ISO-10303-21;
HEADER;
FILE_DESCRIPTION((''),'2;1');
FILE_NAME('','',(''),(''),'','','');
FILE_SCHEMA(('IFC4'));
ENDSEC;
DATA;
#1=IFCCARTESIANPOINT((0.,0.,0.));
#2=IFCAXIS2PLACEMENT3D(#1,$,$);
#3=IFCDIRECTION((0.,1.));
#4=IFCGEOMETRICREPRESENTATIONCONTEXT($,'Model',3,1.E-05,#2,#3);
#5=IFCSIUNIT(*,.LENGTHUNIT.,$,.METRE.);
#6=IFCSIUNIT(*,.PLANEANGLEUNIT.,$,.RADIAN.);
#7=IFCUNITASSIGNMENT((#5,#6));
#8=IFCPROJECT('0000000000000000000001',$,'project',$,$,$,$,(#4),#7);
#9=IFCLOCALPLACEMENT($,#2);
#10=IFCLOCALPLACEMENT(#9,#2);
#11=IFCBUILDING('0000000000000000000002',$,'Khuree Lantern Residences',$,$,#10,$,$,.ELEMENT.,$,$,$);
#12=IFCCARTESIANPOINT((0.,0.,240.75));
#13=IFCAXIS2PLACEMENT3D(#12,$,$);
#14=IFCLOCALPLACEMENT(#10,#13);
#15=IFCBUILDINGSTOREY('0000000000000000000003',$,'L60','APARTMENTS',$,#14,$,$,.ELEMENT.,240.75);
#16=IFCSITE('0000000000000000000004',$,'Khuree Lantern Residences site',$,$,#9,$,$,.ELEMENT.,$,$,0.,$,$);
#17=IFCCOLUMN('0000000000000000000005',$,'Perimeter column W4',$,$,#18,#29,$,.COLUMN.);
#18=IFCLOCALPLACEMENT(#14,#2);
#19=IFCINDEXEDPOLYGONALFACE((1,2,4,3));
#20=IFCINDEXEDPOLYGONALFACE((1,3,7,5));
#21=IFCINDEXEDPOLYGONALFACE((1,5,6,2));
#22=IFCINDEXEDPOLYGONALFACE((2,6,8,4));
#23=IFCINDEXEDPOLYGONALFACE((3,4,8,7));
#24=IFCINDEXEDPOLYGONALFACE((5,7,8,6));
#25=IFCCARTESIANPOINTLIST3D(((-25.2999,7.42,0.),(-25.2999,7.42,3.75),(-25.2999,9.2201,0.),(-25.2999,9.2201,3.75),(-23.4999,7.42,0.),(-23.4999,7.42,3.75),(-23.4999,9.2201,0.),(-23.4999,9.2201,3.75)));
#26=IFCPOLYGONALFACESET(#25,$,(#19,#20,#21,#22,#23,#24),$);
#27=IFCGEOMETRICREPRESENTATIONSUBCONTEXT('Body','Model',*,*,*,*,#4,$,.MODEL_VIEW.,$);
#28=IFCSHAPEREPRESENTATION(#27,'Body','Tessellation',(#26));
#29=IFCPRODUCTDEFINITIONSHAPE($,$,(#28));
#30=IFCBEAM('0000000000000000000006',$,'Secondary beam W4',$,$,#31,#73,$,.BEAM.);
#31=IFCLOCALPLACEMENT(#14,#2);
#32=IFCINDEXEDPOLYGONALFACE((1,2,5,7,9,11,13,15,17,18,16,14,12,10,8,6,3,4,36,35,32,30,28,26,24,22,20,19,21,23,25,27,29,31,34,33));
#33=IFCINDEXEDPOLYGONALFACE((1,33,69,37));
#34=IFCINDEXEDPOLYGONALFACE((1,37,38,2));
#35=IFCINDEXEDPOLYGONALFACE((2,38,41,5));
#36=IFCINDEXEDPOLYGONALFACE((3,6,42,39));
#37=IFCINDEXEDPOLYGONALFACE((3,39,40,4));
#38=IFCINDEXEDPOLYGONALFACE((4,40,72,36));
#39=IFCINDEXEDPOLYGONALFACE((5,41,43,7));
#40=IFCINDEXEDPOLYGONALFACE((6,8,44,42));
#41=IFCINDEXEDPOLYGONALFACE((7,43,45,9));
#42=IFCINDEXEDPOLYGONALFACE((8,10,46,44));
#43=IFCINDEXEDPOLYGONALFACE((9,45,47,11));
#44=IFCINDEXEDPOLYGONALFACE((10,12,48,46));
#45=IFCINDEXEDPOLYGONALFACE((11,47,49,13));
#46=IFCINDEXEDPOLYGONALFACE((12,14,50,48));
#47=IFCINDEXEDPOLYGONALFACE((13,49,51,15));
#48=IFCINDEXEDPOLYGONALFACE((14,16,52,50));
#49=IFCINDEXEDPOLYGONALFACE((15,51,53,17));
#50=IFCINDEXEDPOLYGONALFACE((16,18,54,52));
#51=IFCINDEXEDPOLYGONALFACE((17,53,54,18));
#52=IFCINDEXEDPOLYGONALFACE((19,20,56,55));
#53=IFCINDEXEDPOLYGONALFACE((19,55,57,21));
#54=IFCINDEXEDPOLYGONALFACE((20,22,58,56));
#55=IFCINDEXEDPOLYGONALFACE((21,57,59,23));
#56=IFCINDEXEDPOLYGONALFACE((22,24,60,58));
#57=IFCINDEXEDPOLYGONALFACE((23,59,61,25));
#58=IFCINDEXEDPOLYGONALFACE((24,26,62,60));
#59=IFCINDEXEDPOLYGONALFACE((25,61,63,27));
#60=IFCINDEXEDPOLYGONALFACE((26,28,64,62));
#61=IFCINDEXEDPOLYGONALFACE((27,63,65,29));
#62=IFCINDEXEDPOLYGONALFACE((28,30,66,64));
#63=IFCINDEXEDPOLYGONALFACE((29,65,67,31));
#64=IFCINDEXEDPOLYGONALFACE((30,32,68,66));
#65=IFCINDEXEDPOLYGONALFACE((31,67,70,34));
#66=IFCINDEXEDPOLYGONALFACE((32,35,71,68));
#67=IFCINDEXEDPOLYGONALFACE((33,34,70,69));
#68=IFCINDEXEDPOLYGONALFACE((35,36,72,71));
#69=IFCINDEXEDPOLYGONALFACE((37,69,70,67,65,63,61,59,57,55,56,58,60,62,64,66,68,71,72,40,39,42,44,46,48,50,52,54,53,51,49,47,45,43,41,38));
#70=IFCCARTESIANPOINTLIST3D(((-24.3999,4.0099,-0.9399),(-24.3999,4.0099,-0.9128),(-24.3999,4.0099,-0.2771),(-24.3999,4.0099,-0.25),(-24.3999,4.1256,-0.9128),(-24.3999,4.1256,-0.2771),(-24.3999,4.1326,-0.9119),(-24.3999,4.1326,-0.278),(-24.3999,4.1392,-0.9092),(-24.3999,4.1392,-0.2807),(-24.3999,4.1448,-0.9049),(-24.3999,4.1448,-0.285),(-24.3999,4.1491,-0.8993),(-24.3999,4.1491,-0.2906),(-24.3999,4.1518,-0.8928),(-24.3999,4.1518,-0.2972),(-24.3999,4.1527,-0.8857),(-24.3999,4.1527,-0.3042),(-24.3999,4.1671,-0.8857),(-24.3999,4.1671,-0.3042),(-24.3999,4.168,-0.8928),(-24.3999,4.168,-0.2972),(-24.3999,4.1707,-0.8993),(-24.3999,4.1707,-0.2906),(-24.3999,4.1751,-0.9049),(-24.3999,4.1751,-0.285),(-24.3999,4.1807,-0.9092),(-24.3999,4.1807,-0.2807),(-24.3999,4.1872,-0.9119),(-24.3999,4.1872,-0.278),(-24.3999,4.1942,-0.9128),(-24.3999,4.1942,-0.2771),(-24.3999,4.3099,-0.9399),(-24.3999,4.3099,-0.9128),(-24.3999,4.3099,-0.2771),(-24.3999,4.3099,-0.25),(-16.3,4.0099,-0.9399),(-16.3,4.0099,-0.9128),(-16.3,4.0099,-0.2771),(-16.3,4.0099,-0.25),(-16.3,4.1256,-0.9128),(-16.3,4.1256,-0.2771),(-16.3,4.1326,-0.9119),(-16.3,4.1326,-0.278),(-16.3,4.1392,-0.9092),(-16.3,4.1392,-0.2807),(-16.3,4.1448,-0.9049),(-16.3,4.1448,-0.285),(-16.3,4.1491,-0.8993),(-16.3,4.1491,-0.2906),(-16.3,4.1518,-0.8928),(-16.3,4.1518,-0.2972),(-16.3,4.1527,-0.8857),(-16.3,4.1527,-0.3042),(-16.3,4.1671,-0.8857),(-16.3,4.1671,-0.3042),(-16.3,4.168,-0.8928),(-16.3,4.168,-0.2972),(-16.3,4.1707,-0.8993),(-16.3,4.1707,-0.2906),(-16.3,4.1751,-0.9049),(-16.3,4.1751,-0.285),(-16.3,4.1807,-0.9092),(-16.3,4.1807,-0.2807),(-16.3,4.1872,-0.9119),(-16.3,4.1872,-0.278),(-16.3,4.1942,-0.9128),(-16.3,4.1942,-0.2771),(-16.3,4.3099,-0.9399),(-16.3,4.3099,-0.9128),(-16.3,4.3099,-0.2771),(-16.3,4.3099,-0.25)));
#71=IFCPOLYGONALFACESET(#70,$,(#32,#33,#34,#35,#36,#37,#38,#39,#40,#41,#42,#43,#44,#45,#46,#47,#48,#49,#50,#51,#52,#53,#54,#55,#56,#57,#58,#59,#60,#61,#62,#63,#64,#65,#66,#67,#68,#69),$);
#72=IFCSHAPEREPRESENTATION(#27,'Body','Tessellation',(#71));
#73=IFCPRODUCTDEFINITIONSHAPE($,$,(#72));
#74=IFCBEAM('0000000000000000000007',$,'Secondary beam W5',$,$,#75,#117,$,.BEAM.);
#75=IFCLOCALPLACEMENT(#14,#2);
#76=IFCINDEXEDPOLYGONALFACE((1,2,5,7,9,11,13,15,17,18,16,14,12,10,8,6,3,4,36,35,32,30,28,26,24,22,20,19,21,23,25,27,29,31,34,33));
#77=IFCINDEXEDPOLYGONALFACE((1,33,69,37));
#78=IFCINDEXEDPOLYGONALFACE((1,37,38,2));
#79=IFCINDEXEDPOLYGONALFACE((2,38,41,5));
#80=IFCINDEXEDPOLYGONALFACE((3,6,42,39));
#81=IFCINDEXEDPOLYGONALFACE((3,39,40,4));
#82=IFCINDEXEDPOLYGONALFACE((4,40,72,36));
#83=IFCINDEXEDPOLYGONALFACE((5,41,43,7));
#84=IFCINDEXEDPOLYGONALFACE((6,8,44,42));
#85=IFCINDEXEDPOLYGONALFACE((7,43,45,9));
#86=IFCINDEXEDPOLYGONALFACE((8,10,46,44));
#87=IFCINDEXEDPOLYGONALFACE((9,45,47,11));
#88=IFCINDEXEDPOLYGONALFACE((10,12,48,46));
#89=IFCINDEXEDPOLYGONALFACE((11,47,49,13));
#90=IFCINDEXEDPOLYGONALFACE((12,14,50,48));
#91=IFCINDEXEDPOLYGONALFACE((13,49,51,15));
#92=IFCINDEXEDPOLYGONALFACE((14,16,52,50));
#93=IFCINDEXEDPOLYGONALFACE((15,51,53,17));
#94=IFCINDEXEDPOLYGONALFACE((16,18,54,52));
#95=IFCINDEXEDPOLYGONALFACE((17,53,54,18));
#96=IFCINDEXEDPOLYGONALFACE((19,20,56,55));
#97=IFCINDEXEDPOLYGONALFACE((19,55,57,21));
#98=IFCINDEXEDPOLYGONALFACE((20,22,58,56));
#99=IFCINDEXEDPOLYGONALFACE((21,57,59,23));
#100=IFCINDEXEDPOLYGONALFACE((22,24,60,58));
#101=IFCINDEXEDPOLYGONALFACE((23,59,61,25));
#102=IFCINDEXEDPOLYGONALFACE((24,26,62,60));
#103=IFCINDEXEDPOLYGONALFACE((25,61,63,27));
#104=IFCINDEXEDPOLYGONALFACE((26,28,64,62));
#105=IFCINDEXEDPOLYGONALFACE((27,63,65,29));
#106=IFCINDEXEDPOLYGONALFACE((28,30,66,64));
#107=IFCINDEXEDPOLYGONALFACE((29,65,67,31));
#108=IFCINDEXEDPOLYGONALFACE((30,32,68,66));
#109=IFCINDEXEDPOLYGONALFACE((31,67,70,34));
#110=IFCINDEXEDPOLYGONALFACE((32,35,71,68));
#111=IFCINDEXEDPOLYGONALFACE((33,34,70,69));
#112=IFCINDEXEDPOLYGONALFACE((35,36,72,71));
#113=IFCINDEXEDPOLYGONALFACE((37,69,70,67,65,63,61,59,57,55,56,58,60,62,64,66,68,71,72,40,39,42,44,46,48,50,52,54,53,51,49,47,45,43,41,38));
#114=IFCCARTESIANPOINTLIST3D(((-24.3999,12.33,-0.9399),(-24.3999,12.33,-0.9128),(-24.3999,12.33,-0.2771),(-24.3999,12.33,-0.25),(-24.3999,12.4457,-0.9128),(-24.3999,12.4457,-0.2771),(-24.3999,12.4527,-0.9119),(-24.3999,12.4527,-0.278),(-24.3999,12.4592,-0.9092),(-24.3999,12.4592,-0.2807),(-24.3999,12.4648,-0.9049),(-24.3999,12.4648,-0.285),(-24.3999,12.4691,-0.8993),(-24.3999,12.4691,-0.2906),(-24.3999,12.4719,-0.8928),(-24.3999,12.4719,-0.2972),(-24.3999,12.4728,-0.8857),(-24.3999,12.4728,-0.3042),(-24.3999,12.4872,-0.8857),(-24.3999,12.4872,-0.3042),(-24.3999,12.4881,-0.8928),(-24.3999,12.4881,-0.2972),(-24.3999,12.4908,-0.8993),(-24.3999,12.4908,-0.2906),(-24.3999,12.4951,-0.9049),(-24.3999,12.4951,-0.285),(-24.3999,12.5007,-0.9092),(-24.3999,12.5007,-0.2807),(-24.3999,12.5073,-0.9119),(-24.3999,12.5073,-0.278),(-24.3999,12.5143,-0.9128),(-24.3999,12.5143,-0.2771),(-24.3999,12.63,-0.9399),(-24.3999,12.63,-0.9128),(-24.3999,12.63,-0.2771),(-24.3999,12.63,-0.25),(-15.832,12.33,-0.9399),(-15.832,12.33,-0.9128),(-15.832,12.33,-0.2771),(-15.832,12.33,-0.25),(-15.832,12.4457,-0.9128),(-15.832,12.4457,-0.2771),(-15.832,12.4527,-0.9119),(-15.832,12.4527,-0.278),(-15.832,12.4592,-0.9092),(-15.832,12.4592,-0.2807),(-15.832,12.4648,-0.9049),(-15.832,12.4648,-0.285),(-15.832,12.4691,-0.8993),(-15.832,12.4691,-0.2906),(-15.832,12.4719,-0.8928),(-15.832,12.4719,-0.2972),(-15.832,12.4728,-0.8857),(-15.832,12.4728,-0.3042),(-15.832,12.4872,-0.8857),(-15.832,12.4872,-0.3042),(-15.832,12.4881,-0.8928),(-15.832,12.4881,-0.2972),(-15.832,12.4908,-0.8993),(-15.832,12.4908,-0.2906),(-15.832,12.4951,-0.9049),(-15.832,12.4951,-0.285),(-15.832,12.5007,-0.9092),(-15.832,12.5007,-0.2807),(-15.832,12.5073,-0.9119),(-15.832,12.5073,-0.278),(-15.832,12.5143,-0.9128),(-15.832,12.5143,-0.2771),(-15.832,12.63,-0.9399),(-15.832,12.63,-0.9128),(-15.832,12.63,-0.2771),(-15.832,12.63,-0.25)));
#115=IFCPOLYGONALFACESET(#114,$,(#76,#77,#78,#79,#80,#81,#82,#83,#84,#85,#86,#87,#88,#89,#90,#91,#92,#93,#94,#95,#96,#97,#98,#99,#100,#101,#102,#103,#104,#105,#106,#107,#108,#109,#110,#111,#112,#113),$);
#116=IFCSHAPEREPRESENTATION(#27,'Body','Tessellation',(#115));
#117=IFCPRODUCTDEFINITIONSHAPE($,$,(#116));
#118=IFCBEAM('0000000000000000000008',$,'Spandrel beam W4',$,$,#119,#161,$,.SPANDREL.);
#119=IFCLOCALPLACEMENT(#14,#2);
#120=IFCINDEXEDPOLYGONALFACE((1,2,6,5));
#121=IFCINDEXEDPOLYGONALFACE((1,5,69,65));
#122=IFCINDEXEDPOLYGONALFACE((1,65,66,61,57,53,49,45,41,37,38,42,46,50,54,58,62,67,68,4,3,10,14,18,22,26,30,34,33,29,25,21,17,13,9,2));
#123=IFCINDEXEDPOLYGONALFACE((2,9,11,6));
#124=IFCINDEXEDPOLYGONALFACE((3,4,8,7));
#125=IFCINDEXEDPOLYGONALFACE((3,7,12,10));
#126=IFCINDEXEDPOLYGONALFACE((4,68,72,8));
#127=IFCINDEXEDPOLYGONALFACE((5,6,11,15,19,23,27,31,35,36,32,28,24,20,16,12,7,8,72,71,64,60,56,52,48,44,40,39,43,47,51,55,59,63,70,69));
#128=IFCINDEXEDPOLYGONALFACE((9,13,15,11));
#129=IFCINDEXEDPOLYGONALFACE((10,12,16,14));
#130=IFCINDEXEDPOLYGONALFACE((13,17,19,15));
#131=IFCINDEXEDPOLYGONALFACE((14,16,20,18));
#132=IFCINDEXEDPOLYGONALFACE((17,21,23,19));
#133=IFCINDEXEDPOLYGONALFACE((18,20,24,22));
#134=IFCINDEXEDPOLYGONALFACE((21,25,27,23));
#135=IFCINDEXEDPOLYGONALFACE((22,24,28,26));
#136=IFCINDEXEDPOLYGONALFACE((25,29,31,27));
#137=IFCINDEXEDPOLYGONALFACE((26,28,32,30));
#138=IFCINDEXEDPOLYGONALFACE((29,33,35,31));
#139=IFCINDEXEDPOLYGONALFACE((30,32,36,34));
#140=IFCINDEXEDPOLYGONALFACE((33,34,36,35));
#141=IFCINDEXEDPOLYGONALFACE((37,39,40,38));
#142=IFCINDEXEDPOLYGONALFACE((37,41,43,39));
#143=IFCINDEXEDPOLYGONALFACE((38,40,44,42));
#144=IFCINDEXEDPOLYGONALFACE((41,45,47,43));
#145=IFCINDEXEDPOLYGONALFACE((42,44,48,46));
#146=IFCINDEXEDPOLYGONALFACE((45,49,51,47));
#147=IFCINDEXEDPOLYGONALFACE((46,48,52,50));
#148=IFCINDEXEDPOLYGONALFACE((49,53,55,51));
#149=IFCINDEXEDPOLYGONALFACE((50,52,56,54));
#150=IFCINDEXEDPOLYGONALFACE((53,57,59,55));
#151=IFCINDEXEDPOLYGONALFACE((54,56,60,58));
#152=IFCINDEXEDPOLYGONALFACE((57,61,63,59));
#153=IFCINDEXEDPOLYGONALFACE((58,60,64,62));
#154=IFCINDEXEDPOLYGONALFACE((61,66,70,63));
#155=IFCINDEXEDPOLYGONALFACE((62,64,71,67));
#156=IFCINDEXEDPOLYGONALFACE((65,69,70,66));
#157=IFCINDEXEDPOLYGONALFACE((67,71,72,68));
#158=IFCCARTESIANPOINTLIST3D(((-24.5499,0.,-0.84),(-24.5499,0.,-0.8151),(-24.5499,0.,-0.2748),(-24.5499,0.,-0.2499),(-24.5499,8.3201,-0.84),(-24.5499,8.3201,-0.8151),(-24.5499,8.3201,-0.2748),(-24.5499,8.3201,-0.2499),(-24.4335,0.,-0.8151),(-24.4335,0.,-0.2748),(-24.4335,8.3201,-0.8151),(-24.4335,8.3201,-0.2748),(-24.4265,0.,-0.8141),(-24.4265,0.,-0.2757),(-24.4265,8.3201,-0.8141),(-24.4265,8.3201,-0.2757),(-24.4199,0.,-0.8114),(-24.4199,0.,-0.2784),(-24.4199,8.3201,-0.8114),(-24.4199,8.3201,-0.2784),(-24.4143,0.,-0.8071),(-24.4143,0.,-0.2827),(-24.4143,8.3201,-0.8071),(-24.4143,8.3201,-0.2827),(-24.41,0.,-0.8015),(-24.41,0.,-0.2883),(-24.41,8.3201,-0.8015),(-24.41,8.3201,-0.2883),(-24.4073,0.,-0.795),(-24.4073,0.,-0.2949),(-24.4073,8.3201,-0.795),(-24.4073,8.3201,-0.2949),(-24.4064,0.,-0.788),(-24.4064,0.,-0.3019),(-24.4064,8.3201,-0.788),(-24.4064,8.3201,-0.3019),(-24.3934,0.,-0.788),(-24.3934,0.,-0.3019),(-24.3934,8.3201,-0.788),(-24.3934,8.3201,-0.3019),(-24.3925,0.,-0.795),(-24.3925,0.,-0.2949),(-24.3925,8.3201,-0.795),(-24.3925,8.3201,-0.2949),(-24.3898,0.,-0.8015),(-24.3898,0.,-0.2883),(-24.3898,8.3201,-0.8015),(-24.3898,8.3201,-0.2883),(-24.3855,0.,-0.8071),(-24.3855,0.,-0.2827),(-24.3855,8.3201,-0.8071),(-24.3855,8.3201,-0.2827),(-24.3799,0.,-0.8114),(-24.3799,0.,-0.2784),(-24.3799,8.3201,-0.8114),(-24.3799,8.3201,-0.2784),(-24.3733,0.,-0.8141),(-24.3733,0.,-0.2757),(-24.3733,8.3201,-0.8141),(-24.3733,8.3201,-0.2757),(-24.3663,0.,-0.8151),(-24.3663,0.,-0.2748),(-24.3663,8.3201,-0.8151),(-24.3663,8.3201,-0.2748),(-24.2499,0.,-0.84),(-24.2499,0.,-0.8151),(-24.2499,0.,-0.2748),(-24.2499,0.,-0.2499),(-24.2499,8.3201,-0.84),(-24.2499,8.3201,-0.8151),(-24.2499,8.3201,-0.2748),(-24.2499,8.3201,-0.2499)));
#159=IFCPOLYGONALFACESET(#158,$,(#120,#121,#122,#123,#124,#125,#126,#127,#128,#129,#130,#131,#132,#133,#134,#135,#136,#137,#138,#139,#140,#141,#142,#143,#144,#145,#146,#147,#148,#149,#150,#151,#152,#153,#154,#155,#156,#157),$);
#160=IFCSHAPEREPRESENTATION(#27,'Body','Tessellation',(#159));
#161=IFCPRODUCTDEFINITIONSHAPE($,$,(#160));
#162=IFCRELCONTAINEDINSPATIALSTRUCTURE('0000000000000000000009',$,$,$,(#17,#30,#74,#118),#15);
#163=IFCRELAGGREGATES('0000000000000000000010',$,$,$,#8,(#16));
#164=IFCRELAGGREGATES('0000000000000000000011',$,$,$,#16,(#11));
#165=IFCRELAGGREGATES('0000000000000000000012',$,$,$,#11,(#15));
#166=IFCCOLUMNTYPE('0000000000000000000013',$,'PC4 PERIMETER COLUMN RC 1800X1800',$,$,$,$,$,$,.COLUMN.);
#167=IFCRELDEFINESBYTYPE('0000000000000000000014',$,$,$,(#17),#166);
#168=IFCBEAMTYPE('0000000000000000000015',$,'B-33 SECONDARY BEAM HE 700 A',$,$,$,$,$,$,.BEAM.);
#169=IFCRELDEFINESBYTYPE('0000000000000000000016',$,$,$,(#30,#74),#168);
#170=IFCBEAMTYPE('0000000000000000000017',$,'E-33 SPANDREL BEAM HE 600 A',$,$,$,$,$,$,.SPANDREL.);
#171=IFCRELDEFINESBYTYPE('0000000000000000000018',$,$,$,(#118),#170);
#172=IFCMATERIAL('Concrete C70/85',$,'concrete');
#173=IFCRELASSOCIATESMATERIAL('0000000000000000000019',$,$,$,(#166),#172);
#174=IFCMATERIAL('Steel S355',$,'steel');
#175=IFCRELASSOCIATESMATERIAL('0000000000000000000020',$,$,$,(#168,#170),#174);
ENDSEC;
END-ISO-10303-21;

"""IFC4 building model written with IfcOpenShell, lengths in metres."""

from ifc_helpers import new_model, si_unit, direction, frame, origin, origin_2d, place, context, subcontext, project, spatial, rectangle, i_section, extrude, material, material_profile, profile_set, type_object, element, save


model = new_model("IFC4")

# Units and contexts
model_context = context("Model", 3, precision=1e-05, world=origin(), true_north=direction((0.0, 1.0)))
body_context = subcontext(model_context, "Body", "Model", "MODEL_VIEW")
ifc_project = project(units=[si_unit("LENGTHUNIT", "METRE"), si_unit("PLANEANGLEUNIT", "RADIAN")], contexts=[model_context])

# Site, building, storey
site_placement = place(None, origin())
site = spatial("IfcSite", under=ifc_project, at=site_placement, Name="Khuree Lantern Residences site", CompositionType="ELEMENT", RefElevation=0.0)
building_placement = place(site_placement, origin())
building = spatial("IfcBuilding", under=site, at=building_placement, Name="Khuree Lantern Residences", CompositionType="ELEMENT")
storey_placement = place(building_placement, frame((0.0, 0.0, 240.75)))
storey = spatial("IfcBuildingStorey", under=building, at=storey_placement, Name="L60", Description="APARTMENTS", CompositionType="ELEMENT", Elevation=240.75)

# Column
ifc_material_1 = material(Name="Concrete C70/85", Category="concrete")
ifc_material_profile_1 = material_profile(ifc_material_1, rectangle(XDim=1.8, YDim=1.8, at=origin_2d()), Name="RC 1800X1800")
ifc_profile_set_1 = profile_set([ifc_material_profile_1], Name="Concrete C70/85")
column_type = type_object("IfcColumnType", Name="PC4 PERIMETER COLUMN RC 1800X1800", PredefinedType="COLUMN", material=ifc_profile_set_1)
column_placement = place(storey_placement, frame((-24.3999, 8.3201, 0.0), z_axis=(0.0, 0.0, 1.0), x_axis=(0.0, 1.0, 0.0)))
element("IfcColumn", 1, at=column_placement, inside=storey, type_object=column_type, Name="Perimeter column W4", PredefinedType="COLUMN", context=body_context, shape_type="SweptSolid", body=[
    extrude(rectangle(XDim=1.8, YDim=1.8, at=origin_2d()), origin(), (0.0, 0.0, 1.0), 3.75),
])

# Beams
ifc_material_2 = material(Name="Steel S355", Category="steel")
ifc_material_profile_2 = material_profile(ifc_material_2, i_section(OverallWidth=0.3, OverallDepth=0.6899, WebThickness=0.0144, FlangeThickness=0.0271, FilletRadius=0.0271, at=origin_2d()), Name="HE 700 A")
ifc_profile_set_2 = profile_set([ifc_material_profile_2], Name="Steel S355")
beam_type_1 = type_object("IfcBeamType", Name="B-33 SECONDARY BEAM HE 700 A", PredefinedType="BEAM", material=ifc_profile_set_2)
beam_1_placement = place(storey_placement, frame((-24.3999, 4.1599, -0.595), z_axis=(1.0, 0.0, 0.0), x_axis=(0.0, 1.0, 0.0)))
element("IfcBeam", 2, at=beam_1_placement, inside=storey, type_object=beam_type_1, Name="Secondary beam W4", PredefinedType="BEAM", context=body_context, shape_type="SweptSolid", body=[
    extrude(i_section(OverallWidth=0.3, OverallDepth=0.6899, WebThickness=0.0144, FlangeThickness=0.0271, FilletRadius=0.0271, at=origin_2d()), origin(), (0.0, 0.0, 1.0), 8.0999),
])
beam_2_placement = place(storey_placement, frame((-24.3999, 12.48, -0.595), z_axis=(1.0, 0.0, 0.0), x_axis=(0.0, 1.0, 0.0)))
element("IfcBeam", 3, at=beam_2_placement, inside=storey, type_object=beam_type_1, Name="Secondary beam W5", PredefinedType="BEAM", context=body_context, shape_type="SweptSolid", body=[
    extrude(i_section(OverallWidth=0.3, OverallDepth=0.6899, WebThickness=0.0144, FlangeThickness=0.0271, FilletRadius=0.0271, at=origin_2d()), origin(), (0.0, 0.0, 1.0), 8.5679),
])
ifc_material_profile_3 = material_profile(ifc_material_2, i_section(OverallWidth=0.3, OverallDepth=0.5901, WebThickness=0.0129, FlangeThickness=0.0249, FilletRadius=0.0271, at=origin_2d()), Name="HE 600 A")
ifc_profile_set_3 = profile_set([ifc_material_profile_3], Name="Steel S355")
beam_type_2 = type_object("IfcBeamType", Name="E-33 SPANDREL BEAM HE 600 A", PredefinedType="SPANDREL", material=ifc_profile_set_3)
beam_3_placement = place(storey_placement, frame((-24.3999, 0.0, -0.5449), z_axis=(0.0, 1.0, 0.0), x_axis=(-1.0, 0.0, 0.0)))
element("IfcBeam", 4, at=beam_3_placement, inside=storey, type_object=beam_type_2, Name="Spandrel beam W4", PredefinedType="SPANDREL", context=body_context, shape_type="SweptSolid", body=[
    extrude(i_section(OverallWidth=0.3, OverallDepth=0.5901, WebThickness=0.0129, FlangeThickness=0.0249, FilletRadius=0.0271, at=origin_2d()), origin(), (0.0, 0.0, 1.0), 8.3201),
])

save(model, "model.ifc")
